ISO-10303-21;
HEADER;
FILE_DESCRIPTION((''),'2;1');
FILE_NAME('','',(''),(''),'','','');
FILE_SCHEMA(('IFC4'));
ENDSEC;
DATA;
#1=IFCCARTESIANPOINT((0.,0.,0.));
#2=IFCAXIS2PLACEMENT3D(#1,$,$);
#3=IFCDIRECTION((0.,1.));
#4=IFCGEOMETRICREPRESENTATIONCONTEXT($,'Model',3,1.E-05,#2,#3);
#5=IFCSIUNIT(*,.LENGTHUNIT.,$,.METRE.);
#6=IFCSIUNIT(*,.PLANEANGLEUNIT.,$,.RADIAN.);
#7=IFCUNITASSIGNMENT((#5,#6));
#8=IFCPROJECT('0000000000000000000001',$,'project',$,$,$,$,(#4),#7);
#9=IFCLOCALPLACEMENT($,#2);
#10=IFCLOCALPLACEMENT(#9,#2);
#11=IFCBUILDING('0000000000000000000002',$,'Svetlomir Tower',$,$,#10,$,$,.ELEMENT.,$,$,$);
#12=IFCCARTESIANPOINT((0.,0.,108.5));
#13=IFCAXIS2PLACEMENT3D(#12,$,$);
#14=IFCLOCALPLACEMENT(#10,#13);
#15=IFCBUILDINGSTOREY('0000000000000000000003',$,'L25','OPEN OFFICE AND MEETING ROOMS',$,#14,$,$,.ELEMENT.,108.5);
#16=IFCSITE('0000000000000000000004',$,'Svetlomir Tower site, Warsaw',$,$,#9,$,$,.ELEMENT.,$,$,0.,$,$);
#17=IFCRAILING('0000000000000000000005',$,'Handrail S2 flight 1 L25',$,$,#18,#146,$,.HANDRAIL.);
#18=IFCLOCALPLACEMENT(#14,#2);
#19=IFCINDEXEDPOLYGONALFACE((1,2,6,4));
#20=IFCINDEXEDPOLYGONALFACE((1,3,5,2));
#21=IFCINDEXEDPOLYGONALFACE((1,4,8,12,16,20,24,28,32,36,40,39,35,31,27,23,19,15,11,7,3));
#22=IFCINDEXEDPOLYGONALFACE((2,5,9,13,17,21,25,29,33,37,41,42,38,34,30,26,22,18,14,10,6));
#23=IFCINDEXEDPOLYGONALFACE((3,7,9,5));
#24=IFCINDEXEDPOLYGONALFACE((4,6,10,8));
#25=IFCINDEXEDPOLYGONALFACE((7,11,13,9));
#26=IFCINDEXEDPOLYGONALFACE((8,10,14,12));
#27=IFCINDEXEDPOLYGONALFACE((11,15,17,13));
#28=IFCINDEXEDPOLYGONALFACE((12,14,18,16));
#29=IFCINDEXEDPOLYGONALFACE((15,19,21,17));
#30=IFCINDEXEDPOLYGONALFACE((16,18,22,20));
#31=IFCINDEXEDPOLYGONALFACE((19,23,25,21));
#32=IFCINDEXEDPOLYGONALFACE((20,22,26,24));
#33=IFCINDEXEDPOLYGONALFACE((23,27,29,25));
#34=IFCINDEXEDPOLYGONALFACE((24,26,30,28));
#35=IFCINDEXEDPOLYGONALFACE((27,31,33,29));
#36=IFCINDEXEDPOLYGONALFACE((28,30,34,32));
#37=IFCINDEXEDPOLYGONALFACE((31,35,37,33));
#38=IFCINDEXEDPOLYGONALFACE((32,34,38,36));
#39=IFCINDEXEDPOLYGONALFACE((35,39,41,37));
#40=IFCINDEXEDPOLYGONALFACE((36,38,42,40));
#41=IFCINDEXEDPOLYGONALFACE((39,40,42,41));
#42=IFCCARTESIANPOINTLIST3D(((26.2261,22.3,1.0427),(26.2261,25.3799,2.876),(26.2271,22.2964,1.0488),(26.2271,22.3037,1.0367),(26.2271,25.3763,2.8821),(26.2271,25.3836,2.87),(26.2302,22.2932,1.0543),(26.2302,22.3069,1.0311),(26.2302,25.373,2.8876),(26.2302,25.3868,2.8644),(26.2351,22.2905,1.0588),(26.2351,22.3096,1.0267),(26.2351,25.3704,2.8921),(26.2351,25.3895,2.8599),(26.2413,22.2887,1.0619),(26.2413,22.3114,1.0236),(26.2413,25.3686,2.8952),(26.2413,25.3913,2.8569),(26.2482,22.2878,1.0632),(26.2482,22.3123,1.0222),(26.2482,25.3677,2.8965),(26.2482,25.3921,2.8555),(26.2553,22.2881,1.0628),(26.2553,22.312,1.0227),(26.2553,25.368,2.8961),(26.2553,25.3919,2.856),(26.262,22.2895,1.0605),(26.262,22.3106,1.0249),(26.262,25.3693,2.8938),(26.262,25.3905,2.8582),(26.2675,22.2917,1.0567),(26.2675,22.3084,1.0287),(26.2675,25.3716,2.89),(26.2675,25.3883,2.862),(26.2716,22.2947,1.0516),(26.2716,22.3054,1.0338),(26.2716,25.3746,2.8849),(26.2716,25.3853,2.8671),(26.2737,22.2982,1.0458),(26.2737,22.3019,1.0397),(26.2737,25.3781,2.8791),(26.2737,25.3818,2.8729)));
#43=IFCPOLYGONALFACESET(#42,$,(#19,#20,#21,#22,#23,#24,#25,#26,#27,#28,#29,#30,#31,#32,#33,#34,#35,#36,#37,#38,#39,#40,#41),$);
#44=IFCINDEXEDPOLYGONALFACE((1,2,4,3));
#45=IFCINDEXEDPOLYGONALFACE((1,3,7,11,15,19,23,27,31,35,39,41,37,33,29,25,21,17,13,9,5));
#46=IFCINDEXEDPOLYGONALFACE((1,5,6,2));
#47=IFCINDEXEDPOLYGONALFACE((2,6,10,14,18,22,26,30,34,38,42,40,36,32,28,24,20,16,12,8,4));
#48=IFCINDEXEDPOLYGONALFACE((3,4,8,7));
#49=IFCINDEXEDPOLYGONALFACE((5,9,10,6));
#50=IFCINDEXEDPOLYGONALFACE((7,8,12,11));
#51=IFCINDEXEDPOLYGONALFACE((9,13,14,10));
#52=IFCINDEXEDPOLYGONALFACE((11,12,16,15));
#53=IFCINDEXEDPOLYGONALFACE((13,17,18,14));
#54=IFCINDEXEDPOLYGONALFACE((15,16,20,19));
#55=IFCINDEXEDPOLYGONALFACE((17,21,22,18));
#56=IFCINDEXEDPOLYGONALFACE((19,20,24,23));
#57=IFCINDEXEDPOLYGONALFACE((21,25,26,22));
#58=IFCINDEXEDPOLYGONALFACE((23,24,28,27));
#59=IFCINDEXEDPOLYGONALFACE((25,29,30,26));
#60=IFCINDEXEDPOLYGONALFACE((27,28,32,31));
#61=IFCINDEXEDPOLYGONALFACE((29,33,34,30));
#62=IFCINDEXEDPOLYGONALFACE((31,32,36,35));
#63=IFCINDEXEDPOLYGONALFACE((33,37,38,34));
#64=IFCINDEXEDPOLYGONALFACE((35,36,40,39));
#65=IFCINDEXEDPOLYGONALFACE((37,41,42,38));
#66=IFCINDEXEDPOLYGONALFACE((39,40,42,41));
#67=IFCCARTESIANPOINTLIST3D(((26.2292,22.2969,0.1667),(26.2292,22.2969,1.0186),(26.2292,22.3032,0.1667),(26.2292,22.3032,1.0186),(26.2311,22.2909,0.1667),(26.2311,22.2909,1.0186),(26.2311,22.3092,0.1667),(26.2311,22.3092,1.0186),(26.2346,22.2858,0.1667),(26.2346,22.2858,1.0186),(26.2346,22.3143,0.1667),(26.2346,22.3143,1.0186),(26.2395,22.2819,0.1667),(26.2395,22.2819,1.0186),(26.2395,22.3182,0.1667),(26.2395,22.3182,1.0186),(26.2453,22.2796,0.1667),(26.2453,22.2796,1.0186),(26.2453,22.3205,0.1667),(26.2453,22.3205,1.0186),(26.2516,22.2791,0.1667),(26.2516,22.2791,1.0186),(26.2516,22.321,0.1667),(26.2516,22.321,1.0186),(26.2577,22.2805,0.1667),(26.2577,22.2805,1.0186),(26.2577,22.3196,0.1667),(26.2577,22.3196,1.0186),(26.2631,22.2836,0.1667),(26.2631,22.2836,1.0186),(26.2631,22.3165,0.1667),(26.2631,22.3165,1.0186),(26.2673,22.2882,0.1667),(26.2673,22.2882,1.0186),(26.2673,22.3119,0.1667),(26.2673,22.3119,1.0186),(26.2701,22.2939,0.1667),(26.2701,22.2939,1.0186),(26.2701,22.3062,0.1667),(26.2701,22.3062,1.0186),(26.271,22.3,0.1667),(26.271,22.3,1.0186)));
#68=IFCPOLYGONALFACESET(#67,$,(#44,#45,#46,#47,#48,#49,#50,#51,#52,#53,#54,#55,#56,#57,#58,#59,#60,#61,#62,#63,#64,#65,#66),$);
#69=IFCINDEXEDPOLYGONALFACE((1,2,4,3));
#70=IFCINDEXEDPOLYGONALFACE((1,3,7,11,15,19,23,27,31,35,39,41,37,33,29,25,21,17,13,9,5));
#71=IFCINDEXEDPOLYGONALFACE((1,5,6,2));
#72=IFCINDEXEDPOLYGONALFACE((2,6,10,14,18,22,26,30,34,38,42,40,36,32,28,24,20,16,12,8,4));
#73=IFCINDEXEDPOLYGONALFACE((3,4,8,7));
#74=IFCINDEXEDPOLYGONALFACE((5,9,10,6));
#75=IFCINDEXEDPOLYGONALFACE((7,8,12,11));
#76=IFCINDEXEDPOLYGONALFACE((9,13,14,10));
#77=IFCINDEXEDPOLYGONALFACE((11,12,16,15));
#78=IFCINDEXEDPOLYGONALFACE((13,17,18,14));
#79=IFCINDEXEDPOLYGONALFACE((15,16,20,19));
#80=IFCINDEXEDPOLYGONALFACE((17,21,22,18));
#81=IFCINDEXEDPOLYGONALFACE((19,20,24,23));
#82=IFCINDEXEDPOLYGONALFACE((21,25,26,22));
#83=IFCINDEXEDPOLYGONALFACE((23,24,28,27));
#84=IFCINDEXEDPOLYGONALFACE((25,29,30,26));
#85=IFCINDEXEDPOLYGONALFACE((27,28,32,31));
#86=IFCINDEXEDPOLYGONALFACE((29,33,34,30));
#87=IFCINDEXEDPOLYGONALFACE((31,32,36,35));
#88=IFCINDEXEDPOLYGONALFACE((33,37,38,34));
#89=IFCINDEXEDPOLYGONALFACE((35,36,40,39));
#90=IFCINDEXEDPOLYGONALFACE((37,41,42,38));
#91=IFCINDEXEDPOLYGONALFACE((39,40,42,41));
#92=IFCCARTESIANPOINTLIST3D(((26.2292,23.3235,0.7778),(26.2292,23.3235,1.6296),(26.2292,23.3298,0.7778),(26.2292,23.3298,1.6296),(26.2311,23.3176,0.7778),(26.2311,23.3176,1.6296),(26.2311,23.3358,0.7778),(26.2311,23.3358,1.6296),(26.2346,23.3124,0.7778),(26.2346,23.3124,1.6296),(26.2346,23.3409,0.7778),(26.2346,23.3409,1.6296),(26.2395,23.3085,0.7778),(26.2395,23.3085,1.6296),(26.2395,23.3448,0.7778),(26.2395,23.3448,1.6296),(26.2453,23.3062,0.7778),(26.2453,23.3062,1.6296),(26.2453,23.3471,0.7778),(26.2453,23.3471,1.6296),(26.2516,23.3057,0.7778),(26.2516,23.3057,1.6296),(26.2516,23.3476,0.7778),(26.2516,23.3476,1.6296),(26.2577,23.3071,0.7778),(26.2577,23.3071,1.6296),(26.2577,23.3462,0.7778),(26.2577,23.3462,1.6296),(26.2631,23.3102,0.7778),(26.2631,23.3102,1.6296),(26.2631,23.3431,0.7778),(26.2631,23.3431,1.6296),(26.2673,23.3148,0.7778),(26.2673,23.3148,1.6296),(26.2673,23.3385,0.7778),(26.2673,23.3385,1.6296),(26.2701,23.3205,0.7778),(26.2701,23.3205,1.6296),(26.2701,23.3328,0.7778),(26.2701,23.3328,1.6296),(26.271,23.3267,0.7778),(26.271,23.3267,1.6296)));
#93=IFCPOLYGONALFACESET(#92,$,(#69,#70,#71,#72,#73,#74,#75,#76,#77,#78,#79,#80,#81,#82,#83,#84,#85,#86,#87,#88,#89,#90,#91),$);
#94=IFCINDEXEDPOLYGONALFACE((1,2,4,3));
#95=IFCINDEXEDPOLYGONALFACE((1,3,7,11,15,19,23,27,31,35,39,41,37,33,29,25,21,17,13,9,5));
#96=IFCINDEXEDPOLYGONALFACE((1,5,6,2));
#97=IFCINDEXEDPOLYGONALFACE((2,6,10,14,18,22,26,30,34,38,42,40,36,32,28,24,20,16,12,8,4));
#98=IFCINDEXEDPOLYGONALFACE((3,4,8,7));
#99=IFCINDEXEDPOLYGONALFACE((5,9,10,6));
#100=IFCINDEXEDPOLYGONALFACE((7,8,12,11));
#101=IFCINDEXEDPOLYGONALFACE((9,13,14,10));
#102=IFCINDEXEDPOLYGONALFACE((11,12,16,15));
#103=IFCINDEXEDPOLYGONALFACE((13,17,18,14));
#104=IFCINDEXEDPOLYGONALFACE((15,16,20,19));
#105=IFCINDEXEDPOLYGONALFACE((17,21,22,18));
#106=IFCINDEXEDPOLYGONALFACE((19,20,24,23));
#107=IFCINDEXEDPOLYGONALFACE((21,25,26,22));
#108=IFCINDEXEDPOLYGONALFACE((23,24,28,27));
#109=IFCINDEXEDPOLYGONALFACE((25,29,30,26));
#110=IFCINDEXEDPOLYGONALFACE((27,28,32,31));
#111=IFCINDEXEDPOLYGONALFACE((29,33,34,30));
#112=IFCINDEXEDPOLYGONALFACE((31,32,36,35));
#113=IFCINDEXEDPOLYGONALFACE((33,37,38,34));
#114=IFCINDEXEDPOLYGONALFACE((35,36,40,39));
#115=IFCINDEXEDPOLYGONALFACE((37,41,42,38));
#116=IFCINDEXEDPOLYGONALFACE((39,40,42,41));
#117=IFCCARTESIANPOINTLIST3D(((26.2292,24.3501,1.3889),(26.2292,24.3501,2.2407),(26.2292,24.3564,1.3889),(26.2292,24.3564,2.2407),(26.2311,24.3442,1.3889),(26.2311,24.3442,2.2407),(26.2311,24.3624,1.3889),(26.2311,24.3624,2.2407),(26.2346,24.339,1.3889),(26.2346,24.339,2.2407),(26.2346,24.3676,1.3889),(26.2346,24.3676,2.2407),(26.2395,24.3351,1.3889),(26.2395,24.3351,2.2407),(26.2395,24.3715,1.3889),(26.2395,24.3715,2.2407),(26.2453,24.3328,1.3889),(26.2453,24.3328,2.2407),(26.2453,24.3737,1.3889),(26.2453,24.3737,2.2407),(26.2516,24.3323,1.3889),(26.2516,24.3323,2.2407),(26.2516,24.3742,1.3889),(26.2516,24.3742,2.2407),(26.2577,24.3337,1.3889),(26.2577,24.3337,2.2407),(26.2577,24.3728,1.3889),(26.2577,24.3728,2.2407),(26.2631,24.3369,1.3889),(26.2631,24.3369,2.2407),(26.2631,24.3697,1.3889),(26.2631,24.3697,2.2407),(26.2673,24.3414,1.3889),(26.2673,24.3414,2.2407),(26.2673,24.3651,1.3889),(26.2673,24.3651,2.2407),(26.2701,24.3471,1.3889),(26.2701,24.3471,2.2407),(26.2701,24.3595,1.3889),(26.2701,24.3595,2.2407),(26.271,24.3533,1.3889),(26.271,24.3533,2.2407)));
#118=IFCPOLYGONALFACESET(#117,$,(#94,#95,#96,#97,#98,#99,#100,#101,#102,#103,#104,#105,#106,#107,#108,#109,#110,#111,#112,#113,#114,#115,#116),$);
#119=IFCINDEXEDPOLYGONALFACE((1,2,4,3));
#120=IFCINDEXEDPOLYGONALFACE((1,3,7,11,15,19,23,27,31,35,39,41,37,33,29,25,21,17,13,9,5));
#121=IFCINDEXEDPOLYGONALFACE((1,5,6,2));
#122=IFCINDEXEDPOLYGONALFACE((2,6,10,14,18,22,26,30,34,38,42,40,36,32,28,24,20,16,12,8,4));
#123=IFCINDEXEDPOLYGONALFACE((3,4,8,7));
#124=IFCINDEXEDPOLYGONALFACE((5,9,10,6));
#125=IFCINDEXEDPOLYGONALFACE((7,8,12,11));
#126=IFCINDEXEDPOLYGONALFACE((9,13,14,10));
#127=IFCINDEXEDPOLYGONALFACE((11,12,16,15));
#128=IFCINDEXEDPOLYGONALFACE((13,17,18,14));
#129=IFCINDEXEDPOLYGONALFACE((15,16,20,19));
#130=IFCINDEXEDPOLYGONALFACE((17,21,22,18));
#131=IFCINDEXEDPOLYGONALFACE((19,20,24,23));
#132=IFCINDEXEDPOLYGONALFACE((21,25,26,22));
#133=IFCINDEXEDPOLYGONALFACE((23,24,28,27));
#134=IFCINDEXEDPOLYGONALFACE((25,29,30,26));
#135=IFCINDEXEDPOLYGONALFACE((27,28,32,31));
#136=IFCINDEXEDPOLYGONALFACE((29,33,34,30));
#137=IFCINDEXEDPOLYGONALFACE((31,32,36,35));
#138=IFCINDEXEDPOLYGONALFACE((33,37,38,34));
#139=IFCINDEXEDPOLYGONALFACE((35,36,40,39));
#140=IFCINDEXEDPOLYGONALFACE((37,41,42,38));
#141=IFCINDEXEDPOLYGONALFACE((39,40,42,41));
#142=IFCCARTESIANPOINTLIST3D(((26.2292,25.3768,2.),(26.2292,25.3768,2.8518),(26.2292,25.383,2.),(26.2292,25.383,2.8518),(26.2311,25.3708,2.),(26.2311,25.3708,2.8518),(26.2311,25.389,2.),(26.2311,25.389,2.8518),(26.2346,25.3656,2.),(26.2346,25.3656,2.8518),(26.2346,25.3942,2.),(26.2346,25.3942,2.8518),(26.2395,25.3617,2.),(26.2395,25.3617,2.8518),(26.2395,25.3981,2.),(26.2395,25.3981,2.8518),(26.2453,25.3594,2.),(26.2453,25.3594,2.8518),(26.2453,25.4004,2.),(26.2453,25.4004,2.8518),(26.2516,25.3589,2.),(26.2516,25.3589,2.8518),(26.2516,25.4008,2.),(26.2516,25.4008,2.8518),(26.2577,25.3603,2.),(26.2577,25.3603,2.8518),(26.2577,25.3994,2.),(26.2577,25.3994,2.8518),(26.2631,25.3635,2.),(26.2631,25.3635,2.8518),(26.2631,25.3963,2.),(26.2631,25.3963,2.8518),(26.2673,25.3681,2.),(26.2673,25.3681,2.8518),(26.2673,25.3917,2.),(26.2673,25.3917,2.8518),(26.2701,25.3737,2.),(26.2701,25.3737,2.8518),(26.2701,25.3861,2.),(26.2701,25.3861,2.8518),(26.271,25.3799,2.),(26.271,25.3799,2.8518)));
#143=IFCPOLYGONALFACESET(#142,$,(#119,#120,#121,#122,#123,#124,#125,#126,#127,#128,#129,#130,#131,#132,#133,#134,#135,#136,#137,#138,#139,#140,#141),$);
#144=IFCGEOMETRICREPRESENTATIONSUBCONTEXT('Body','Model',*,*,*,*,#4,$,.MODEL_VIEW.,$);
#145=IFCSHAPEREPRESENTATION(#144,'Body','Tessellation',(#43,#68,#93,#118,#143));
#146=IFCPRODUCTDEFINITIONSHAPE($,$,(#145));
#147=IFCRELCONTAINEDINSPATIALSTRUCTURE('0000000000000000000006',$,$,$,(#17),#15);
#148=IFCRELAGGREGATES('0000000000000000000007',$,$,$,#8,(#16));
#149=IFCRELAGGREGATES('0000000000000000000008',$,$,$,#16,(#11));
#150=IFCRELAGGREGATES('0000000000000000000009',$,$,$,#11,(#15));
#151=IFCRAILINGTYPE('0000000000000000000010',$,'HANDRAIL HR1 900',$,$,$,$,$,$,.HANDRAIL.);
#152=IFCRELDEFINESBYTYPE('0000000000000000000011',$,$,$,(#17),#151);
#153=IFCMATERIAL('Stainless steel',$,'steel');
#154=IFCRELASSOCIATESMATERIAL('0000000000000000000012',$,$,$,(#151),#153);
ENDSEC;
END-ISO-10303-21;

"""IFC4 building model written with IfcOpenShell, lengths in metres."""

from ifc_helpers import new_model, si_unit, direction, frame, origin, origin_2d, place, context, subcontext, project, spatial, circle, extrude, material, type_object, element, save


model = new_model("IFC4")

# Units and contexts
model_context = context("Model", 3, precision=1e-05, world=origin(), true_north=direction((0.0, 1.0)))
body_context = subcontext(model_context, "Body", "Model", "MODEL_VIEW")
ifc_project = project(units=[si_unit("LENGTHUNIT", "METRE"), si_unit("PLANEANGLEUNIT", "RADIAN")], contexts=[model_context])

# Site, building, storey
site_placement = place(None, origin())
site = spatial("IfcSite", under=ifc_project, at=site_placement, Name="Svetlomir Tower site, Warsaw", CompositionType="ELEMENT", RefElevation=0.0)
building_placement = place(site_placement, origin())
building = spatial("IfcBuilding", under=site, at=building_placement, Name="Svetlomir Tower", CompositionType="ELEMENT")
storey_placement = place(building_placement, frame((0.0, 0.0, 108.5)))
storey = spatial("IfcBuildingStorey", under=building, at=storey_placement, Name="L25", Description="OPEN OFFICE AND MEETING ROOMS", CompositionType="ELEMENT", Elevation=108.5)

# Railing
ifc_material_1 = material(Name="Stainless steel", Category="steel")
railing_type = type_object("IfcRailingType", Name="HANDRAIL HR1 900", PredefinedType="HANDRAIL", material=ifc_material_1)
railing_1_placement = place(storey_placement, frame((26.25, 22.3, 0.1667)))
element("IfcRailing", 1, at=railing_1_placement, inside=storey, type_object=railing_type, Name="Handrail S2 flight 1 L25", PredefinedType="HANDRAIL", context=body_context, shape_type="SweptSolid", body=[
    extrude(circle(Radius=0.0239, at=origin_2d()), frame((0.0, 0.0, 0.876), z_axis=(0.0, 0.859291, 0.511487), x_axis=(-1.0, 0.0, 0.0)), (0.0, 0.0, 1.0), 3.5842),
    extrude(circle(Radius=0.021, at=origin_2d()), origin(), (0.0, 0.0, 1.0), 0.8518),
    extrude(circle(Radius=0.021, at=origin_2d()), frame((0.0, 1.0266, 0.6111)), (0.0, 0.0, 1.0), 0.8518),
    extrude(circle(Radius=0.021, at=origin_2d()), frame((0.0, 2.0532, 1.2222)), (0.0, 0.0, 1.0), 0.8518),
    extrude(circle(Radius=0.021, at=origin_2d()), frame((0.0, 3.0798, 1.8333)), (0.0, 0.0, 1.0), 0.8518),
])

save(model, "model.ifc")
